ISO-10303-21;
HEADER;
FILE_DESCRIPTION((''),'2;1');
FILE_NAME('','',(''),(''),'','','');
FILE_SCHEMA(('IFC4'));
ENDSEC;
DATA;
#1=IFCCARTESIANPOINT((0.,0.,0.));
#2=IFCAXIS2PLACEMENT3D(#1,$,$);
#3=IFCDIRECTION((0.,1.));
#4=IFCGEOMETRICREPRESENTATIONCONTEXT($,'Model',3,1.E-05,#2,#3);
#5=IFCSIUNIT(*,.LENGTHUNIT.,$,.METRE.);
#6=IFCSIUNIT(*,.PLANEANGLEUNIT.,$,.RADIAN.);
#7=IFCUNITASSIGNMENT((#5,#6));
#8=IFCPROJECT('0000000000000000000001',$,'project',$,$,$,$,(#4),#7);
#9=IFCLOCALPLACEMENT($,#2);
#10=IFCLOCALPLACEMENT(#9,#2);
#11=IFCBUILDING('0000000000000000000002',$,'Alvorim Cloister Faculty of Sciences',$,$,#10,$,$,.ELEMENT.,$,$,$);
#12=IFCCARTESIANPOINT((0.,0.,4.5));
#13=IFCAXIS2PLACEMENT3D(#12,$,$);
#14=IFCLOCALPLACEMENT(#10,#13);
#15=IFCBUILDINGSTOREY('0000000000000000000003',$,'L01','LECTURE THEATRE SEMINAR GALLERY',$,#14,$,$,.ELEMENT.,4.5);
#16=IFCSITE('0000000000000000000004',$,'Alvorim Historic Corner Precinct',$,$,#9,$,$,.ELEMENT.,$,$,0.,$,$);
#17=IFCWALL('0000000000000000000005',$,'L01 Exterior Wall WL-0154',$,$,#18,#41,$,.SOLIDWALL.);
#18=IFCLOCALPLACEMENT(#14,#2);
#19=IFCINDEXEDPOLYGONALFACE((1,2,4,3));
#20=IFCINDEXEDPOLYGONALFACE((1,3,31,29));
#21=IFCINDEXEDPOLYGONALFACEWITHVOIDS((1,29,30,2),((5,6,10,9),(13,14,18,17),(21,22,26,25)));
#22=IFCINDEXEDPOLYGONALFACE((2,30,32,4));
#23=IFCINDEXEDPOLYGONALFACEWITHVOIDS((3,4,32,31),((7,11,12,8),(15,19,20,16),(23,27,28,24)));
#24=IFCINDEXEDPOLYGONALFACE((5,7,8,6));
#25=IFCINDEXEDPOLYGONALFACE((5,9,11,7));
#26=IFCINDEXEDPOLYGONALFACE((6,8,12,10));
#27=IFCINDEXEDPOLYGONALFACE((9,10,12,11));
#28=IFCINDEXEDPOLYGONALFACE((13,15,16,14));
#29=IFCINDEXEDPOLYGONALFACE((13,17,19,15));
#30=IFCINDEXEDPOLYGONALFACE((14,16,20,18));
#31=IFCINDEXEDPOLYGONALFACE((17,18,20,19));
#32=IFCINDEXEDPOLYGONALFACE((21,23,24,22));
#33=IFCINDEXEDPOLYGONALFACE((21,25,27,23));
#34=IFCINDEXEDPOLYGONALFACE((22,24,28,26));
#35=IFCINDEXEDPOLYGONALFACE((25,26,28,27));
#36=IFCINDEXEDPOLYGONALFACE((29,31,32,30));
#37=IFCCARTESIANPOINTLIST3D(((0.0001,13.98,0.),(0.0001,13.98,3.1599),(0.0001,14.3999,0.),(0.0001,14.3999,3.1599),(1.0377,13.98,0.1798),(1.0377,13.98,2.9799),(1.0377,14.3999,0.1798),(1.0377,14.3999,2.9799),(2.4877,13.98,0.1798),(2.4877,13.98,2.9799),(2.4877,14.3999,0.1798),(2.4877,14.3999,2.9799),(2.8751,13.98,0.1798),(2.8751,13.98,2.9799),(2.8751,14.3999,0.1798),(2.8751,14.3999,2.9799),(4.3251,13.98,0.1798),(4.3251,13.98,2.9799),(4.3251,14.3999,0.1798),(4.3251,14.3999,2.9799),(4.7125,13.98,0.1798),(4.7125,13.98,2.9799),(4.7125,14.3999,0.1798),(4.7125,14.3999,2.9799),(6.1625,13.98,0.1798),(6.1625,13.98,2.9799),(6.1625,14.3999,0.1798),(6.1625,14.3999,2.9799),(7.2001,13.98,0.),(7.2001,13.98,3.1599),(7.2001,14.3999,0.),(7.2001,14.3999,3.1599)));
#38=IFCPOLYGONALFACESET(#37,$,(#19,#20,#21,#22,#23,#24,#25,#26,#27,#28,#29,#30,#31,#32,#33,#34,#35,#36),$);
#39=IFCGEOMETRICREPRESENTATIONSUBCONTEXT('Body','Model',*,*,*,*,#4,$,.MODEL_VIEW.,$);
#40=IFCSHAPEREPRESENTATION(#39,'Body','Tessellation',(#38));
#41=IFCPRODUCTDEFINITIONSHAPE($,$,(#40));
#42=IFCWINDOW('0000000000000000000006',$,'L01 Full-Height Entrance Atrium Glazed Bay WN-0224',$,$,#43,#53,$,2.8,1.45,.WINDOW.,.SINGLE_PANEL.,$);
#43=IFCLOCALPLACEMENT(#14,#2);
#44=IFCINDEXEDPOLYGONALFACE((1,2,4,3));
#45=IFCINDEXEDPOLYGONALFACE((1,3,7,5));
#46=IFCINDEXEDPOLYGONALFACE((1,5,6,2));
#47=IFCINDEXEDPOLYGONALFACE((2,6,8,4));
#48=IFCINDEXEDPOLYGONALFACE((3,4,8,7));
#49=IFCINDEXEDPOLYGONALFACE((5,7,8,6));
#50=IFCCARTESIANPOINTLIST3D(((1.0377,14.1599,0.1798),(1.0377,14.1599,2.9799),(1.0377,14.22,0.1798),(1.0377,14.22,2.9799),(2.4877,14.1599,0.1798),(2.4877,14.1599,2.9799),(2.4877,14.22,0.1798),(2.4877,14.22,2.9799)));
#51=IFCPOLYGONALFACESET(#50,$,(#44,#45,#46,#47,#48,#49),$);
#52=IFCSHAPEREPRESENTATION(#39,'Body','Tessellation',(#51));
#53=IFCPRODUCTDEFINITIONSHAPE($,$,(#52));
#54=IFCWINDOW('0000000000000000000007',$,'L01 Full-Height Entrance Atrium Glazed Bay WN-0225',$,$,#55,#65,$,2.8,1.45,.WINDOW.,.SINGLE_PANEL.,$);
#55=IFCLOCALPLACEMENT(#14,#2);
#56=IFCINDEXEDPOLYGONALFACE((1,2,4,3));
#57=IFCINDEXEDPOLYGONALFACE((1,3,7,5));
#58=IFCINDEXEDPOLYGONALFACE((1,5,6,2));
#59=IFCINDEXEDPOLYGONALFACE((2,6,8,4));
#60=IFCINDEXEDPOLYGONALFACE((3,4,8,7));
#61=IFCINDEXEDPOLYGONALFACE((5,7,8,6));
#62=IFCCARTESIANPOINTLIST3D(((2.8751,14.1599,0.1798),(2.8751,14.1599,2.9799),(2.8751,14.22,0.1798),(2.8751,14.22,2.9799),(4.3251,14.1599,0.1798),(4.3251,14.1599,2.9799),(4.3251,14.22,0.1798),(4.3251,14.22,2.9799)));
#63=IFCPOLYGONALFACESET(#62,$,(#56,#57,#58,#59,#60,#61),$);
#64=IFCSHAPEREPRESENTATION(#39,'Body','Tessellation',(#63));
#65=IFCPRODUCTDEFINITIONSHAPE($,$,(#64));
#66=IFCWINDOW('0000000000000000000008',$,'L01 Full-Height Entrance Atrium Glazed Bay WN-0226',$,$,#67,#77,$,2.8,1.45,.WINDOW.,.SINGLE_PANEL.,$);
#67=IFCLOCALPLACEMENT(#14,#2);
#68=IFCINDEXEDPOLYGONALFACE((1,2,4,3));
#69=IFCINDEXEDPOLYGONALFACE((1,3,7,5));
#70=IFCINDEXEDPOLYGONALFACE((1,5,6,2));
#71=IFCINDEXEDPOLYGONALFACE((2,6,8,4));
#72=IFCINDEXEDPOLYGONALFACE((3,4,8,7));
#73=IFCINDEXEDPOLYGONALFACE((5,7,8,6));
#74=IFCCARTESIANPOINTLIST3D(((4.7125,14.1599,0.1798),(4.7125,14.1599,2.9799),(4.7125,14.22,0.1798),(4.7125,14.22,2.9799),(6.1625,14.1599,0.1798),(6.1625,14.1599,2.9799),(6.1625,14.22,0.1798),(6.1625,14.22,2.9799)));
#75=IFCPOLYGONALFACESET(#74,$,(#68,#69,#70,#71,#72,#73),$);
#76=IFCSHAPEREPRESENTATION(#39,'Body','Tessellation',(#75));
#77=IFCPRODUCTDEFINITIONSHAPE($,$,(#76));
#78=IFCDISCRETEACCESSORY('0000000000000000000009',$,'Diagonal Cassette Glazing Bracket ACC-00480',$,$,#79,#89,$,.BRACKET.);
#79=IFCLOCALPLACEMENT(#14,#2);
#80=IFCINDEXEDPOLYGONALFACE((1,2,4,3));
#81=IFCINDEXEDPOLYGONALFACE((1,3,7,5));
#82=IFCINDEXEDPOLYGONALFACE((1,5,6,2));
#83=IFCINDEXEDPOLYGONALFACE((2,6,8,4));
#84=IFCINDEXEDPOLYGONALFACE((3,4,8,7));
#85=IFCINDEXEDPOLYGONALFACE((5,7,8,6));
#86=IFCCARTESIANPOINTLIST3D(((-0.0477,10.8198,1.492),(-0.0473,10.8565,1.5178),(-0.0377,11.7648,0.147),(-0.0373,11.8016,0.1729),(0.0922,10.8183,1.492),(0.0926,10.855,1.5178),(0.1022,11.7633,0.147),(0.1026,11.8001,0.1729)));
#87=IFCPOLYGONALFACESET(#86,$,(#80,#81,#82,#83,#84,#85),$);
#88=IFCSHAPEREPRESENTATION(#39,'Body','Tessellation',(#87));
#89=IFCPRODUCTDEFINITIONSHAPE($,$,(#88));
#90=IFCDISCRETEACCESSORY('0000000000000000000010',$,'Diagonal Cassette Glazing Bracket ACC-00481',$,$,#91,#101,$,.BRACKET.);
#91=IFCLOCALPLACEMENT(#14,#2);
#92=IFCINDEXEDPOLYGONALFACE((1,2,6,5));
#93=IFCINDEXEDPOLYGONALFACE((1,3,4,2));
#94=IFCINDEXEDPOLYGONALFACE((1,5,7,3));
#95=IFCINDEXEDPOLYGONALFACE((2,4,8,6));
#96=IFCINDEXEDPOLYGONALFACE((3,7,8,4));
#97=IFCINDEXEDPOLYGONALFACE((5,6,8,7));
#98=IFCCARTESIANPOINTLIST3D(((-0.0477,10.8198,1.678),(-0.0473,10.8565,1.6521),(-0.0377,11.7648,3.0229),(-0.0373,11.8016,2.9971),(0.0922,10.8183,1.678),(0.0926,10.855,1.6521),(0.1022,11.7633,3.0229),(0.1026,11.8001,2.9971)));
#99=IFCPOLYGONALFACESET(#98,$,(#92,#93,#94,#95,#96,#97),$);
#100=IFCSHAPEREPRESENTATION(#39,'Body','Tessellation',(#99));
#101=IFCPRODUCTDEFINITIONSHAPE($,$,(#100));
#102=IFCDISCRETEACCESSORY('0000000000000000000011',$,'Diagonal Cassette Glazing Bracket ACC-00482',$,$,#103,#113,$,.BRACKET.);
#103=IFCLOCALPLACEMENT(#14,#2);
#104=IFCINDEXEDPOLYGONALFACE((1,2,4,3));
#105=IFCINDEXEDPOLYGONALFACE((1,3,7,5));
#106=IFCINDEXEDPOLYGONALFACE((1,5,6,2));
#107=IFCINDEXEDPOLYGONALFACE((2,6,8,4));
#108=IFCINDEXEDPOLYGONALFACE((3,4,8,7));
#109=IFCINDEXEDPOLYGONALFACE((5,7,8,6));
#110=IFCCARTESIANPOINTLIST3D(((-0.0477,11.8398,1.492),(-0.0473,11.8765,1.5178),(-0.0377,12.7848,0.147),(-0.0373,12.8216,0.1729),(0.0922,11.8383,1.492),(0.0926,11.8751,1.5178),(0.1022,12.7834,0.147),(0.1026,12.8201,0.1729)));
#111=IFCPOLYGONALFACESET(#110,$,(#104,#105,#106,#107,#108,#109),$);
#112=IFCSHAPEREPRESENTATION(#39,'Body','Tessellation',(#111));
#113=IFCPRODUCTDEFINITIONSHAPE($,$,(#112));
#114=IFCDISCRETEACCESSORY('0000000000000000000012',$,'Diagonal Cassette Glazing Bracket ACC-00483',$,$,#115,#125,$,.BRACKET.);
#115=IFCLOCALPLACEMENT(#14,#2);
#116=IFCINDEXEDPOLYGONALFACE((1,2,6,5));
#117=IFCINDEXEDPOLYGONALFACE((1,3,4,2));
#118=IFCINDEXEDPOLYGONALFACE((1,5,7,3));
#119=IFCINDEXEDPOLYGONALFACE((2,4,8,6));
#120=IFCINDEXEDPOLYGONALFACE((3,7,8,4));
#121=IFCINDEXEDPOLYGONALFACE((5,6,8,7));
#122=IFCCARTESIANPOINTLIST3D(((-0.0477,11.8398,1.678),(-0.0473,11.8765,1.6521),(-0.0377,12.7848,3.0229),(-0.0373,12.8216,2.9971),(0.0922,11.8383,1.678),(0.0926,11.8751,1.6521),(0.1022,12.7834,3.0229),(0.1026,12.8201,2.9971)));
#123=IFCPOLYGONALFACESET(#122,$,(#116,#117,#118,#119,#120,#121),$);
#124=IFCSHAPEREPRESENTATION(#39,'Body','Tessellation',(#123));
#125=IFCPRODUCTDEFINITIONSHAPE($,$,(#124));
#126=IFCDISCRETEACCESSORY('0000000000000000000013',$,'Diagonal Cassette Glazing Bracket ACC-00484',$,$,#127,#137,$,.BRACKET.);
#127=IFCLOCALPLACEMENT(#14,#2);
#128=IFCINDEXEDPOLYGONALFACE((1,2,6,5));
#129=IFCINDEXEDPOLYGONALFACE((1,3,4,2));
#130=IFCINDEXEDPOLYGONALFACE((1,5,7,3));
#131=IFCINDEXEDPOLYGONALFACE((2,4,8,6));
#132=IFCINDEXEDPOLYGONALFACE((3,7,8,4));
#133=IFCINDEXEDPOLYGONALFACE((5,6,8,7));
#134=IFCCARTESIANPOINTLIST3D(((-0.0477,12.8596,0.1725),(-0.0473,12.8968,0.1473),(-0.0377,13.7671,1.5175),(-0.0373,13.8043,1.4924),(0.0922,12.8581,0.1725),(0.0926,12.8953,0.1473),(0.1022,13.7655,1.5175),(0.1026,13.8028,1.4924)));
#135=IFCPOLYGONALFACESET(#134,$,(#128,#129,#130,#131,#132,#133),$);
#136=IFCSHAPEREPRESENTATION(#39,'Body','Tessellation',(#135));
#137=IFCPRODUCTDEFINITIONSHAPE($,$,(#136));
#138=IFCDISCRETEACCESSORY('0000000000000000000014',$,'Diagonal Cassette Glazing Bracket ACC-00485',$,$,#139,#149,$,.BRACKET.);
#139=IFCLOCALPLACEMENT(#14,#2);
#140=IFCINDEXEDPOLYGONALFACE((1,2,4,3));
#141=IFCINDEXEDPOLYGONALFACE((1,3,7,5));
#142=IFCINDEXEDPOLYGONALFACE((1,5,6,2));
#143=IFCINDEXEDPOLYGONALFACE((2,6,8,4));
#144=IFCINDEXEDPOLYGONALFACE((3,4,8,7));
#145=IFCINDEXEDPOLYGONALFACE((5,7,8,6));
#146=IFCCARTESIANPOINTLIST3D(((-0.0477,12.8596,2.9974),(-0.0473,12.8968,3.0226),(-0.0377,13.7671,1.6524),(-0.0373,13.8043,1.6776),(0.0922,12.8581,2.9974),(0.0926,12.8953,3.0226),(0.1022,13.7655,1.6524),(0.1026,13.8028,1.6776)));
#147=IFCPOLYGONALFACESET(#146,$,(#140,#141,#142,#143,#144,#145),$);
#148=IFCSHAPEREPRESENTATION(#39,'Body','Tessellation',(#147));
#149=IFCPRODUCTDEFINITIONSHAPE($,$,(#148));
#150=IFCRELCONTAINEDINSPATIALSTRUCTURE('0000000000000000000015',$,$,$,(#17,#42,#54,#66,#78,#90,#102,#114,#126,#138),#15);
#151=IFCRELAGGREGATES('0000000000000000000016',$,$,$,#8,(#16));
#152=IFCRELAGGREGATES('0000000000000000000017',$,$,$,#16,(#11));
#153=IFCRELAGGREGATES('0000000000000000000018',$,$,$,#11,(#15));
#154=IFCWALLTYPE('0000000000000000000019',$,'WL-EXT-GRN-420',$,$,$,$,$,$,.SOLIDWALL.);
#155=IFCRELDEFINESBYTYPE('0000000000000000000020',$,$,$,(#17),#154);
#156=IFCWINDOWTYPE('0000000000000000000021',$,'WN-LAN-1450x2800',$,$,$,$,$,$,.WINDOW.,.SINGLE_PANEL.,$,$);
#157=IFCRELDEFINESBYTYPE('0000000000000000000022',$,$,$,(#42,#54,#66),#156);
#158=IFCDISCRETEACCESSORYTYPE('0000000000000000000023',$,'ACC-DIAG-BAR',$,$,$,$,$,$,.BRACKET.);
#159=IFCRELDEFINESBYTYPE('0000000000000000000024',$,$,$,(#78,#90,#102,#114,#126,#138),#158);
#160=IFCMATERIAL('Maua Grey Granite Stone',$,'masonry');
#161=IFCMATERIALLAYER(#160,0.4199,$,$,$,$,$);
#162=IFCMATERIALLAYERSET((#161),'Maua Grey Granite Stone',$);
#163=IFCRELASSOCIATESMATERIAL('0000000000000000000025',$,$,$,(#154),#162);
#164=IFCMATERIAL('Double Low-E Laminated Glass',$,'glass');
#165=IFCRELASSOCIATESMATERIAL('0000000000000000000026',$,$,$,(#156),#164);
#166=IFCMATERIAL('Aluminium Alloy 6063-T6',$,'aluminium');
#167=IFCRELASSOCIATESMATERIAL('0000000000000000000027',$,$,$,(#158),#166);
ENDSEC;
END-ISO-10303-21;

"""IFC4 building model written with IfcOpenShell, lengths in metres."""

from ifc_helpers import new_model, si_unit, direction, frame, frame_2d, origin, origin_2d, place, context, subcontext, project, spatial, rectangle, extrude, material, layer, layer_set, type_object, element, fill, save


model = new_model("IFC4")

# Units and contexts
model_context = context("Model", 3, precision=1e-05, world=origin(), true_north=direction((0.0, 1.0)))
body_context = subcontext(model_context, "Body", "Model", "MODEL_VIEW")
ifc_project = project(units=[si_unit("LENGTHUNIT", "METRE"), si_unit("PLANEANGLEUNIT", "RADIAN")], contexts=[model_context])

# Site, building, storey
site_placement = place(None, origin())
site = spatial("IfcSite", under=ifc_project, at=site_placement, Name="Alvorim Historic Corner Precinct", CompositionType="ELEMENT", RefElevation=0.0)
building_placement = place(site_placement, origin())
building = spatial("IfcBuilding", under=site, at=building_placement, Name="Alvorim Cloister Faculty of Sciences", CompositionType="ELEMENT")
storey_placement = place(building_placement, frame((0.0, 0.0, 4.5)))
storey = spatial("IfcBuildingStorey", under=building, at=storey_placement, Name="L01", Description="LECTURE THEATRE SEMINAR GALLERY", CompositionType="ELEMENT", Elevation=4.5)

# Shared definitions
ifc_material_1 = material(Name="Aluminium Alloy 6063-T6", Category="aluminium")
ifc_material_2 = material(Name="Double Low-E Laminated Glass", Category="glass")

# Wall, openings, windows
ifc_material_3 = material(Name="Maua Grey Granite Stone", Category="masonry")
ifc_layer_1 = layer(ifc_material_3, 0.4199)
ifc_layer_set_1 = layer_set([ifc_layer_1], Name="Maua Grey Granite Stone")
wall_type = type_object("IfcWallType", Name="WL-EXT-GRN-420", PredefinedType="SOLIDWALL", material=ifc_layer_set_1)
wall_placement = place(storey_placement, frame((0.0, 14.1899, 0.0), z_axis=(0.0, 0.0, 1.0), x_axis=(1.0, 0.0, 0.0)))
wall = element("IfcWall", 1, at=wall_placement, inside=storey, type_object=wall_type, Name="L01 Exterior Wall WL-0154", PredefinedType="SOLIDWALL", context=body_context, shape_type="SweptSolid", body=[
    extrude(rectangle(XDim=7.2, YDim=0.4199, at=frame_2d((3.6001, 0.0))), origin(), (0.0, 0.0, 1.0), 3.1599),
])
opening_1_placement = place(wall_placement, frame((1.0376, 0.0, 0.1799)))
opening_1 = element("IfcOpeningElement", 2, at=opening_1_placement, cuts=wall, PredefinedType="OPENING", context=body_context, shape_type="SweptSolid", body=[
    extrude(rectangle(XDim=1.45, YDim=2.8, at=frame_2d((0.7251, 1.3999))), frame((0.0, 0.2219, 0.0), z_axis=(0.0, -1.0, 0.0), x_axis=(1.0, 0.0, 0.0)), (0.0, 0.0, 1.0), 0.4438),
])
opening_2_placement = place(wall_placement, frame((2.875, 0.0, 0.1799)))
opening_2 = element("IfcOpeningElement", 3, at=opening_2_placement, cuts=wall, PredefinedType="OPENING", context=body_context, shape_type="SweptSolid", body=[
    extrude(rectangle(XDim=1.45, YDim=2.8, at=frame_2d((0.7251, 1.3999))), frame((0.0, 0.2219, 0.0), z_axis=(0.0, -1.0, 0.0), x_axis=(1.0, 0.0, 0.0)), (0.0, 0.0, 1.0), 0.4438),
])
opening_3_placement = place(wall_placement, frame((4.7124, 0.0, 0.1799)))
opening_3 = element("IfcOpeningElement", 4, at=opening_3_placement, cuts=wall, PredefinedType="OPENING", context=body_context, shape_type="SweptSolid", body=[
    extrude(rectangle(XDim=1.45, YDim=2.8, at=frame_2d((0.7251, 1.3999))), frame((0.0, 0.2219, 0.0), z_axis=(0.0, -1.0, 0.0), x_axis=(1.0, 0.0, 0.0)), (0.0, 0.0, 1.0), 0.4438),
])
window_type = type_object("IfcWindowType", Name="WN-LAN-1450x2800", PartitioningType="SINGLE_PANEL", PredefinedType="WINDOW", material=ifc_material_2)
window_1_placement = place(opening_1_placement, origin())
window_1 = element("IfcWindow", 5, at=window_1_placement, inside=storey, type_object=window_type, Name="L01 Full-Height Entrance Atrium Glazed Bay WN-0224", OverallHeight=2.8, OverallWidth=1.45, PartitioningType="SINGLE_PANEL", PredefinedType="WINDOW", context=body_context, shape_type="SweptSolid", body=[
    extrude(rectangle(XDim=1.45, YDim=2.8, at=frame_2d((0.7251, 1.3999))), frame((0.0, 0.03, 0.0), z_axis=(0.0, -1.0, 0.0), x_axis=(1.0, 0.0, 0.0)), (0.0, 0.0, 1.0), 0.0601),
])
fill(opening_1, window_1)
window_2_placement = place(opening_2_placement, origin())
window_2 = element("IfcWindow", 6, at=window_2_placement, inside=storey, type_object=window_type, Name="L01 Full-Height Entrance Atrium Glazed Bay WN-0225", OverallHeight=2.8, OverallWidth=1.45, PartitioningType="SINGLE_PANEL", PredefinedType="WINDOW", context=body_context, shape_type="SweptSolid", body=[
    extrude(rectangle(XDim=1.45, YDim=2.8, at=frame_2d((0.7251, 1.3999))), frame((0.0, 0.03, 0.0), z_axis=(0.0, -1.0, 0.0), x_axis=(1.0, 0.0, 0.0)), (0.0, 0.0, 1.0), 0.0601),
])
fill(opening_2, window_2)
window_3_placement = place(opening_3_placement, origin())
window_3 = element("IfcWindow", 7, at=window_3_placement, inside=storey, type_object=window_type, Name="L01 Full-Height Entrance Atrium Glazed Bay WN-0226", OverallHeight=2.8, OverallWidth=1.45, PartitioningType="SINGLE_PANEL", PredefinedType="WINDOW", context=body_context, shape_type="SweptSolid", body=[
    extrude(rectangle(XDim=1.45, YDim=2.8, at=frame_2d((0.7251, 1.3999))), frame((0.0, 0.03, 0.0), z_axis=(0.0, -1.0, 0.0), x_axis=(1.0, 0.0, 0.0)), (0.0, 0.0, 1.0), 0.0601),
])
fill(opening_3, window_3)

# Discrete accessories
discrete_accessory_type = type_object("IfcDiscreteAccessoryType", Name="ACC-DIAG-BAR", PredefinedType="BRACKET", material=ifc_material_1)
for number, where, z_axis, x_axis, name in (
    (8, (0.0225, 10.8374, 1.5049), (0.006089, 0.574916, -0.81819), (-0.999944, 0.010591, 0.0), "Diagonal Cassette Glazing Bracket ACC-00480"),
    (9, (0.0225, 10.8374, 1.665), (0.006089, 0.574916, 0.81819), (-0.999944, 0.010591, 0.0), "Diagonal Cassette Glazing Bracket ACC-00481"),
    (10, (0.0225, 11.8574, 1.5049), (0.006089, 0.574916, -0.81819), (-0.999944, 0.010591, 0.0), "Diagonal Cassette Glazing Bracket ACC-00482"),
    (11, (0.0225, 11.8574, 1.665), (0.006089, 0.574916, 0.81819), (-0.999944, 0.010591, 0.0), "Diagonal Cassette Glazing Bracket ACC-00483"),
):
    element("IfcDiscreteAccessory", number, at=place(storey_placement, frame(where, z_axis=z_axis, x_axis=x_axis)), inside=storey, type_object=discrete_accessory_type, Name=name, PredefinedType="BRACKET", context=body_context, shape_type="SweptSolid", body=[
        extrude(rectangle(XDim=0.1399, YDim=0.0449, at=origin_2d()), origin(), (0.0, 0.0, 1.0), 1.6438),
    ])
for number, where, z_axis, x_axis, name in (
    (12, (0.0225, 12.8774, 0.1599), (0.006169, 0.559299, 0.828943), (-0.999939, 0.01103, 0.0), "Diagonal Cassette Glazing Bracket ACC-00484"),
    (13, (0.0225, 12.8774, 3.01), (0.006169, 0.559299, -0.828943), (-0.999939, 0.01103, 0.0), "Diagonal Cassette Glazing Bracket ACC-00485"),
):
    element("IfcDiscreteAccessory", number, at=place(storey_placement, frame(where, z_axis=z_axis, x_axis=x_axis)), inside=storey, type_object=discrete_accessory_type, Name=name, PredefinedType="BRACKET", context=body_context, shape_type="SweptSolid", body=[
        extrude(rectangle(XDim=0.1399, YDim=0.0449, at=origin_2d()), origin(), (0.0, 0.0, 1.0), 1.6226),
    ])

save(model, "model.ifc")
